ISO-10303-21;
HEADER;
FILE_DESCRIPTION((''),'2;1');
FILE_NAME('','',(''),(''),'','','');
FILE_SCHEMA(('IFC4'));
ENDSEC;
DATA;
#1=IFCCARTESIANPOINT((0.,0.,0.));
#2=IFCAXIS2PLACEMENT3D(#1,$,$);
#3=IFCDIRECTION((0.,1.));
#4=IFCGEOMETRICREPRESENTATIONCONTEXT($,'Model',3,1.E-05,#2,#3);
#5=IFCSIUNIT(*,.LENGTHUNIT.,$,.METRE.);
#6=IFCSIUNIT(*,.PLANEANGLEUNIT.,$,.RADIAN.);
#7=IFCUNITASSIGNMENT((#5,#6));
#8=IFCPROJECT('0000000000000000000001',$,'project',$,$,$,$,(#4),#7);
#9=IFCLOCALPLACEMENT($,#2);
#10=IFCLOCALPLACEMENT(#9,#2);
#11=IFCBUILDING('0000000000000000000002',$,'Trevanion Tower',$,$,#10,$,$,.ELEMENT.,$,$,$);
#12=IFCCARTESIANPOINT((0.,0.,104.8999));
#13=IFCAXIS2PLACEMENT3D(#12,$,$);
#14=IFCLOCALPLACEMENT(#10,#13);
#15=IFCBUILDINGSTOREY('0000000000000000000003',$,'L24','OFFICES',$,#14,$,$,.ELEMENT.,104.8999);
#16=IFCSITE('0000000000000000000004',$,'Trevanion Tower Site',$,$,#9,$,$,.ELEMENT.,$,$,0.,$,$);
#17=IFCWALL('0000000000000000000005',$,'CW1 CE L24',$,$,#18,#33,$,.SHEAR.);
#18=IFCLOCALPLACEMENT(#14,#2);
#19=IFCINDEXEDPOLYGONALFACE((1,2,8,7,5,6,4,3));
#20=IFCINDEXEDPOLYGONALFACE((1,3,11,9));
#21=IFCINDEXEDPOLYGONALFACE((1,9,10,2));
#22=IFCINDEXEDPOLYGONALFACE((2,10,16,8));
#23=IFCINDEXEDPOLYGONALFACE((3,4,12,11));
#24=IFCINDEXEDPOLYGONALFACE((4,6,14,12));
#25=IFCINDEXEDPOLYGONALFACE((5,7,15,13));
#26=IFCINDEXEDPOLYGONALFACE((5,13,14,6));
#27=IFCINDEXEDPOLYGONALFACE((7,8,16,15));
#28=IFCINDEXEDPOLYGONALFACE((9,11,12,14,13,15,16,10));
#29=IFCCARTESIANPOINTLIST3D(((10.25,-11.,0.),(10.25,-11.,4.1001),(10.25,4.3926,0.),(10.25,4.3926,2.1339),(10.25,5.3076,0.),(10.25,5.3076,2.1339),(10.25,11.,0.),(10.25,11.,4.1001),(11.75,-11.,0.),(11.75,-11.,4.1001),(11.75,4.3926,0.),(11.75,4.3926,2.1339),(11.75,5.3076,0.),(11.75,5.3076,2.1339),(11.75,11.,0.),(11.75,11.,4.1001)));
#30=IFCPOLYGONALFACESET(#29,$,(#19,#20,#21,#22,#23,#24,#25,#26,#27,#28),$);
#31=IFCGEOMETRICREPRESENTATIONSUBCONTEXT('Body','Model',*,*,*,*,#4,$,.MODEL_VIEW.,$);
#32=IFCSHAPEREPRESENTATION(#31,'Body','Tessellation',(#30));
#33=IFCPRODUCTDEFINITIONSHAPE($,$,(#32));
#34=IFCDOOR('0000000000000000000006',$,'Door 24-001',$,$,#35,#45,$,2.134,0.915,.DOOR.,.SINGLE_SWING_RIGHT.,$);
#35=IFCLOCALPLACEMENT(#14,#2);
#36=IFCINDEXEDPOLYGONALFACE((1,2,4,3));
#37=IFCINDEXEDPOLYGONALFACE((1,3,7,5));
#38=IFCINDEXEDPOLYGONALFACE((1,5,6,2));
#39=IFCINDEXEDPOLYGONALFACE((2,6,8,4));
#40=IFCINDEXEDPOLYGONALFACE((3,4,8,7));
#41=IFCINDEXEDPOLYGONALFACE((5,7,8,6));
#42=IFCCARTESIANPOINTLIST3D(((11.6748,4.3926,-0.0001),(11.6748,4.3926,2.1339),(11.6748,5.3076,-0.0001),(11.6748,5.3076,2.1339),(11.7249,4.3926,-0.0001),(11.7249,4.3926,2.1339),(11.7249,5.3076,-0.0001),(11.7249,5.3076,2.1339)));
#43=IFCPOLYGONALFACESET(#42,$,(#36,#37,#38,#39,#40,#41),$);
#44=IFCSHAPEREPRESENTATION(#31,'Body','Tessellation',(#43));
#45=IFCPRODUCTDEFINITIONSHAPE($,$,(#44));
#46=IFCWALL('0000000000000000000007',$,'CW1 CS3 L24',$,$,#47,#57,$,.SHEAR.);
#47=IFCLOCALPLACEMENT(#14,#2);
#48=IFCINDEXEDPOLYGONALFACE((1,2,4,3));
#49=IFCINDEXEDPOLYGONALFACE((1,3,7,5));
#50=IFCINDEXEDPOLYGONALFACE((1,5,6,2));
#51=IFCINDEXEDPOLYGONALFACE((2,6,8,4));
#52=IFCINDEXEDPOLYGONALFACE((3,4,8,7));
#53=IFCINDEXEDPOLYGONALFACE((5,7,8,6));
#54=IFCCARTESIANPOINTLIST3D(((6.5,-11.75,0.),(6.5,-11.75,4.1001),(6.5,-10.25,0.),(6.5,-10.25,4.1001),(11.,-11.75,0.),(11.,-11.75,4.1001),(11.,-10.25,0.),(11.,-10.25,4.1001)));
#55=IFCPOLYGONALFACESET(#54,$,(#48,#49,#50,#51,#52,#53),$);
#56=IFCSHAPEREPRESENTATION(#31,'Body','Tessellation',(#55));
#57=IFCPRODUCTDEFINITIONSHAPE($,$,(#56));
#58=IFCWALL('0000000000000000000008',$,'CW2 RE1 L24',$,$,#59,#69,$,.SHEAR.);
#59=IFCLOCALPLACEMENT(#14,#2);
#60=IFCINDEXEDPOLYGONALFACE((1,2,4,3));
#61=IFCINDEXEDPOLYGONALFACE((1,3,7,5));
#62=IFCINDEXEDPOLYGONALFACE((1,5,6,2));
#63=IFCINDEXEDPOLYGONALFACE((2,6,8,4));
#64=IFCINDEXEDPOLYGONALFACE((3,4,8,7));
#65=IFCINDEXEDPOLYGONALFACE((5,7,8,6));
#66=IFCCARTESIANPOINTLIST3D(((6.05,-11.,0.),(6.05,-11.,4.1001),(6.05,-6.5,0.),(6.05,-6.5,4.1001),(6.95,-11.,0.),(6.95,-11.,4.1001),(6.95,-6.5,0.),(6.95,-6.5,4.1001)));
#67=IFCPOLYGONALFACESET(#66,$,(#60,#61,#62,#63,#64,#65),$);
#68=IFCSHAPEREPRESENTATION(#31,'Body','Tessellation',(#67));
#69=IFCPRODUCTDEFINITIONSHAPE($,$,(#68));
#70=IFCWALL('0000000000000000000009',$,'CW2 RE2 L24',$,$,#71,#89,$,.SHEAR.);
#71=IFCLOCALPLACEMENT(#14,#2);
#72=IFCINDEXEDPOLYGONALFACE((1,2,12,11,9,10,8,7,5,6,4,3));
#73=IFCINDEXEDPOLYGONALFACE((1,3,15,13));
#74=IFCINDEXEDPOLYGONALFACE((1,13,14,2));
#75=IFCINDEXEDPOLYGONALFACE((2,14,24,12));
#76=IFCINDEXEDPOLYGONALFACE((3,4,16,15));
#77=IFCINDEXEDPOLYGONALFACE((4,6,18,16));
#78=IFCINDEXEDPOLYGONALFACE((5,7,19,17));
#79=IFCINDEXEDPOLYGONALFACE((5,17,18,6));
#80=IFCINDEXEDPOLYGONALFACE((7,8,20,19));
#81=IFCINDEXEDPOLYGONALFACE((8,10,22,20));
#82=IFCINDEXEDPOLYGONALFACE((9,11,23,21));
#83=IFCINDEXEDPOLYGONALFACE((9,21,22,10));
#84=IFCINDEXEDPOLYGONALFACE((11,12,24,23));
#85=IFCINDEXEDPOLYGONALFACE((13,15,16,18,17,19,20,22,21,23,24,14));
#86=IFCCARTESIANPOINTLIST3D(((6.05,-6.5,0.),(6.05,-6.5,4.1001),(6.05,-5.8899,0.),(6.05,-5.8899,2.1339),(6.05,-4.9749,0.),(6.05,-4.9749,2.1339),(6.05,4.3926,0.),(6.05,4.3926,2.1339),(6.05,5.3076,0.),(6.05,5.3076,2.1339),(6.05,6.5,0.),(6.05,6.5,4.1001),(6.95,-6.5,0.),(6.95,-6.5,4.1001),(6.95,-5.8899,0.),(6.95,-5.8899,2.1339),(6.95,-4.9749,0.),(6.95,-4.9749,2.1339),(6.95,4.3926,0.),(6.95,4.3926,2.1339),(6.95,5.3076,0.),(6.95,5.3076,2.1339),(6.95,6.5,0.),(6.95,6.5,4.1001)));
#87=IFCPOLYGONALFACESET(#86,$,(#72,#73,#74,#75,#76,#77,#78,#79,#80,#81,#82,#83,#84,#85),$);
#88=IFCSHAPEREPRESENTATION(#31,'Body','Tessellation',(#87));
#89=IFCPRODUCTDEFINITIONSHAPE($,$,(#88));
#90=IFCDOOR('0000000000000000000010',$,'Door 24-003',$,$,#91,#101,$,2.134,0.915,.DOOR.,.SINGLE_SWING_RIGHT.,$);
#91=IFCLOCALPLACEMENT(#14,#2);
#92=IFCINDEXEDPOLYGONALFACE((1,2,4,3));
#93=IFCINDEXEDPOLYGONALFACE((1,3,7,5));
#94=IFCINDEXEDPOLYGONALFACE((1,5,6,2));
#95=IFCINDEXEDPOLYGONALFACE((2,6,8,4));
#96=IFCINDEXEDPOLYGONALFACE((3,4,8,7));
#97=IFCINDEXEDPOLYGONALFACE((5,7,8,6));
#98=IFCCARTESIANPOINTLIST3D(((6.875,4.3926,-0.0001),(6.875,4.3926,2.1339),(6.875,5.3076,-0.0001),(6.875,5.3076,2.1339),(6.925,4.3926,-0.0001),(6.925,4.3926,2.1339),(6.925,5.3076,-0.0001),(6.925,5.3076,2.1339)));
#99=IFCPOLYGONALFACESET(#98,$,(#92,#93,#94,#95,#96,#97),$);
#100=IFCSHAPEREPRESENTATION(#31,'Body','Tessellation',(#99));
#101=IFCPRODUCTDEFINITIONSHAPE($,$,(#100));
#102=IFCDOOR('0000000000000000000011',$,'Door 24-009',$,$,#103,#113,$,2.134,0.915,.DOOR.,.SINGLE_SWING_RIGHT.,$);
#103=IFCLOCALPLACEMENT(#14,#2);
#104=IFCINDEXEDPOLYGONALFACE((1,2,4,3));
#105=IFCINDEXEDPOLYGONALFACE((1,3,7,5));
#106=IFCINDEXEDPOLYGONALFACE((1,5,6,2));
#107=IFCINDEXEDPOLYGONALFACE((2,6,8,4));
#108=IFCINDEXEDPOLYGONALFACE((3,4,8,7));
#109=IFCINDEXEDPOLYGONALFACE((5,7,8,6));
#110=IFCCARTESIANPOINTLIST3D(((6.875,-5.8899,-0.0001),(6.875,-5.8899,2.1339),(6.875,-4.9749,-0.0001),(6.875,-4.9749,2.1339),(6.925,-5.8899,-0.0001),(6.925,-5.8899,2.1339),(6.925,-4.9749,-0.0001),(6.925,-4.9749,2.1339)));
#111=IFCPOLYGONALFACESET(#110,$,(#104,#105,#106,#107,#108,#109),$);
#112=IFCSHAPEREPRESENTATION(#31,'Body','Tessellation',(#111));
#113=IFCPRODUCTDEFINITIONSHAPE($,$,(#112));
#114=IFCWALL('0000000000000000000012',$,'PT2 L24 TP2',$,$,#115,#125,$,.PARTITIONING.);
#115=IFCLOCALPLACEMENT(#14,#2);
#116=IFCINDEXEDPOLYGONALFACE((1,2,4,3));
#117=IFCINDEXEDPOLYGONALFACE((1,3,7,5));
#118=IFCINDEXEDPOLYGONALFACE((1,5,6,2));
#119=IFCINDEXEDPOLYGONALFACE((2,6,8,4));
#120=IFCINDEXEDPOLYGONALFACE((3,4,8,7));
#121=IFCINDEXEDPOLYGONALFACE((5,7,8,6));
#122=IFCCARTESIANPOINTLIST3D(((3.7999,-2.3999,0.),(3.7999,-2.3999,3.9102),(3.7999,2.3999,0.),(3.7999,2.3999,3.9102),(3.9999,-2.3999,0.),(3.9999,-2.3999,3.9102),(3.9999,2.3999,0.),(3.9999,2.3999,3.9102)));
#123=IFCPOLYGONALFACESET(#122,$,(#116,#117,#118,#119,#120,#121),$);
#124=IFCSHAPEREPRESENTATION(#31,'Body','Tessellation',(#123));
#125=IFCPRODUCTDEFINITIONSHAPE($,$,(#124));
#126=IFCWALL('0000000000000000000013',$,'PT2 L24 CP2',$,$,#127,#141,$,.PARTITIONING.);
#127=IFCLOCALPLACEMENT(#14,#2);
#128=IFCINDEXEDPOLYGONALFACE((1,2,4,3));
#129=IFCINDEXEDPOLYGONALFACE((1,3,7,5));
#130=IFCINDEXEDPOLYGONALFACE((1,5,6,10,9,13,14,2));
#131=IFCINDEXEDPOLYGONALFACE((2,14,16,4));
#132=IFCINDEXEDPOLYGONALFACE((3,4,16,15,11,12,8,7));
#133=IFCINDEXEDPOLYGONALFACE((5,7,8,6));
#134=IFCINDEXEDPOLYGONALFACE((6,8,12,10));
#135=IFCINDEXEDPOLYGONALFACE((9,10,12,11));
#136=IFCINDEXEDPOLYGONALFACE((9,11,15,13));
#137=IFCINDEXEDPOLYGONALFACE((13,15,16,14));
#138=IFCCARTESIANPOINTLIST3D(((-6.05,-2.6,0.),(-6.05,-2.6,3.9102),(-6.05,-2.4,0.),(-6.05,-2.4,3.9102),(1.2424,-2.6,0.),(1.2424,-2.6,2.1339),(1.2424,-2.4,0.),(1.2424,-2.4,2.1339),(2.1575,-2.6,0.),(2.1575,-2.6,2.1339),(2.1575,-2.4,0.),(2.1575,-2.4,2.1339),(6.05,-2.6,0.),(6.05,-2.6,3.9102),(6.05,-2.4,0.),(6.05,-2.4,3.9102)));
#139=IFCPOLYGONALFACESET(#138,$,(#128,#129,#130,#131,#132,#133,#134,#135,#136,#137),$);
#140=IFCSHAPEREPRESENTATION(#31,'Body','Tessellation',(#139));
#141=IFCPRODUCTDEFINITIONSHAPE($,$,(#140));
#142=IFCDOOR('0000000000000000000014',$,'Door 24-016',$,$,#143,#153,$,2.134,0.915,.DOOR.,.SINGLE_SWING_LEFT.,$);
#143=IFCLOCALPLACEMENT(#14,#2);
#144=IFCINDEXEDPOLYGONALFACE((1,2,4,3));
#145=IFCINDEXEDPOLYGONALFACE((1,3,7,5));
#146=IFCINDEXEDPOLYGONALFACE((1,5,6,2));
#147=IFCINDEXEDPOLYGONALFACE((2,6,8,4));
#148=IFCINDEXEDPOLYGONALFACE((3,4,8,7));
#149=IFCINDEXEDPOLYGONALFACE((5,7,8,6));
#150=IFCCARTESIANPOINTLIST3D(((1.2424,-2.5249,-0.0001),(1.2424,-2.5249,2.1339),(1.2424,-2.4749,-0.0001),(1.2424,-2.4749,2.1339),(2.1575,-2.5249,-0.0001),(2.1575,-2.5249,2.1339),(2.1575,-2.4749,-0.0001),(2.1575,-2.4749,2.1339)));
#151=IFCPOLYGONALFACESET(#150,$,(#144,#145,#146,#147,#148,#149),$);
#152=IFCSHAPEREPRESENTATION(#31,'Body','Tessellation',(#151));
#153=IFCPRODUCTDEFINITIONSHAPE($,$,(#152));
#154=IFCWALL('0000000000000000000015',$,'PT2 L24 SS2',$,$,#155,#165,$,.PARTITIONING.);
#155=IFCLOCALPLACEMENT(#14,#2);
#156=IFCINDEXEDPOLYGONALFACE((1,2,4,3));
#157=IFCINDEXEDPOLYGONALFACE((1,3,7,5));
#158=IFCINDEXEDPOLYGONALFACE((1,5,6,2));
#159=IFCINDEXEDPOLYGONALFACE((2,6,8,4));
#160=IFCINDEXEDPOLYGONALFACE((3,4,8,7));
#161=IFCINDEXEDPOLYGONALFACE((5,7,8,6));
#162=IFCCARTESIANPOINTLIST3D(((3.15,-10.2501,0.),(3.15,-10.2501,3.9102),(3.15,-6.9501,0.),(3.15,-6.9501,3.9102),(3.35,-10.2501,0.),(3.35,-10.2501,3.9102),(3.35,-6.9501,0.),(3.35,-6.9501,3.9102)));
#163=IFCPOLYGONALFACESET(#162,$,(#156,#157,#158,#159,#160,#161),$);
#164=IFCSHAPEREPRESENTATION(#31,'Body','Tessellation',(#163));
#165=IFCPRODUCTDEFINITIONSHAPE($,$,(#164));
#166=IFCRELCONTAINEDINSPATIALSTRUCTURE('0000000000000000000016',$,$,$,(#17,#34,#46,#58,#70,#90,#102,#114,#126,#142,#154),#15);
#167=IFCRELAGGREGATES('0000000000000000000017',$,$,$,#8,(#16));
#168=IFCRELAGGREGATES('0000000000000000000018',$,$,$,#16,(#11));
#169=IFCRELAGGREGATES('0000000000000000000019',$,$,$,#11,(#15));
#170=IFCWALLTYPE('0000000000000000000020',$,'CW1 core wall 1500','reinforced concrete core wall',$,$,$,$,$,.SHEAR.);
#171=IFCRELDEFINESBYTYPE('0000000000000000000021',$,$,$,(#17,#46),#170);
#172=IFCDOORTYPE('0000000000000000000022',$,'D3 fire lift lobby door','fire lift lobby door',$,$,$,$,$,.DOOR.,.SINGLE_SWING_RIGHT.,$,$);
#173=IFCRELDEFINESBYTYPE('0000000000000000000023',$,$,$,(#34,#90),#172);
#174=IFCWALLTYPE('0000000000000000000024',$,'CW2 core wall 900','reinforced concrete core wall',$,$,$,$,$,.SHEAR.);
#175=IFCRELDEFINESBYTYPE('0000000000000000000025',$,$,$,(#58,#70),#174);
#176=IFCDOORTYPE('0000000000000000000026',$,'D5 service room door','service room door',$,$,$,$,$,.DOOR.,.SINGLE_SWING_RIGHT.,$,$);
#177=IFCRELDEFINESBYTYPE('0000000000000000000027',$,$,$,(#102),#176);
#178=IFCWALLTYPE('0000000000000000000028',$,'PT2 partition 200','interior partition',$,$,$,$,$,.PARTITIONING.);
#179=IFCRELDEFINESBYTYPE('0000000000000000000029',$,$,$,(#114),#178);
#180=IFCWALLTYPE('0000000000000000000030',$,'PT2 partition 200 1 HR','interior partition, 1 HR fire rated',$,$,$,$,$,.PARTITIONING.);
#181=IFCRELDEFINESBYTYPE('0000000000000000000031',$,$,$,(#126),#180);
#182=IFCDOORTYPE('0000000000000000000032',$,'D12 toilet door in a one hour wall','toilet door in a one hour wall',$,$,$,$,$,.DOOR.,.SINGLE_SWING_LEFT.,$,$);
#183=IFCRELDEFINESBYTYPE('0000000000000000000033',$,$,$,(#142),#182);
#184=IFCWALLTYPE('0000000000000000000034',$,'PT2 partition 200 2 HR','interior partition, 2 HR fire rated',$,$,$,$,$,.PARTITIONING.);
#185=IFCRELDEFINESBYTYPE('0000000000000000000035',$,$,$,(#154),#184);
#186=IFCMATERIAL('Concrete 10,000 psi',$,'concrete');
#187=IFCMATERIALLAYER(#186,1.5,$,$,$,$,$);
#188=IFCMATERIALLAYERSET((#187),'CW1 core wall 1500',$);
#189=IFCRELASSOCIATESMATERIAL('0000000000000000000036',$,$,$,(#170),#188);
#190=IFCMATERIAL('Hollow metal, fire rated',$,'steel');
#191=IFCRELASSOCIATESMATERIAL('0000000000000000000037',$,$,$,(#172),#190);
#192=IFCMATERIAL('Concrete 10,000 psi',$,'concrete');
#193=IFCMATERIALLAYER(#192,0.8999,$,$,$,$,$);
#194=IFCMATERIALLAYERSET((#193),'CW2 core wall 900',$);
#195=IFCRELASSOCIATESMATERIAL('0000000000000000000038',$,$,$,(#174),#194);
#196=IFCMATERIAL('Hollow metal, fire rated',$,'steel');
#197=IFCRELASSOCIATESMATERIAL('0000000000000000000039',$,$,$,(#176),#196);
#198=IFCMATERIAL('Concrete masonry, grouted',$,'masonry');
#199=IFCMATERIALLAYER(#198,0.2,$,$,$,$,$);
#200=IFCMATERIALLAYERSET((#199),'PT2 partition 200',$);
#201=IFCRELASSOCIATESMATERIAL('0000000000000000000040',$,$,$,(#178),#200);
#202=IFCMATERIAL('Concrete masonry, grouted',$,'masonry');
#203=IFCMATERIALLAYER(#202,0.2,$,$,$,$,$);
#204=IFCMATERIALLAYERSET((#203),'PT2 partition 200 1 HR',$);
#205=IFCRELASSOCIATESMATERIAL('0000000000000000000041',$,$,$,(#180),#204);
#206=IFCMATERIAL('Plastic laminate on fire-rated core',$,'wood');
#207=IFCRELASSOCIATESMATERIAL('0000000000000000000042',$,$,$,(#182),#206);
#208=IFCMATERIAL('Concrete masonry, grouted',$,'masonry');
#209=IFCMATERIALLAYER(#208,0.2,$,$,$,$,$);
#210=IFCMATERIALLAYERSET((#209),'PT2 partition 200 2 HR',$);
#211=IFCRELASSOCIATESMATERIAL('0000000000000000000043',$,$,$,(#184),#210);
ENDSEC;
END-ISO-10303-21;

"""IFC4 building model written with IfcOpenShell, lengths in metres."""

from ifc_helpers import new_model, si_unit, direction, frame, frame_2d, origin, place, context, subcontext, project, spatial, rectangle, extrude, material, layer, layer_set, type_object, element, fill, save


model = new_model("IFC4")

# Units and contexts
model_context = context("Model", 3, precision=1e-05, world=origin(), true_north=direction((0.0, 1.0)))
body_context = subcontext(model_context, "Body", "Model", "MODEL_VIEW")
ifc_project = project(units=[si_unit("LENGTHUNIT", "METRE"), si_unit("PLANEANGLEUNIT", "RADIAN")], contexts=[model_context])

# Site, building, storey
site_placement = place(None, origin())
site = spatial("IfcSite", under=ifc_project, at=site_placement, Name="Trevanion Tower Site", CompositionType="ELEMENT", RefElevation=0.0)
building_placement = place(site_placement, origin())
building = spatial("IfcBuilding", under=site, at=building_placement, Name="Trevanion Tower", CompositionType="ELEMENT")
storey_placement = place(building_placement, frame((0.0, 0.0, 104.8999)))
storey = spatial("IfcBuildingStorey", under=building, at=storey_placement, Name="L24", Description="OFFICES", CompositionType="ELEMENT", Elevation=104.8999)

# Wall, opening, door
ifc_material_1 = material(Name="Concrete 10,000 psi", Category="concrete")
ifc_layer_1 = layer(ifc_material_1, 1.5)
ifc_layer_set_1 = layer_set([ifc_layer_1], Name="CW1 core wall 1500")
wall_type_1 = type_object("IfcWallType", Name="CW1 core wall 1500", Description="reinforced concrete core wall", PredefinedType="SHEAR", material=ifc_layer_set_1)
wall_1_placement = place(storey_placement, frame((11.0, -11.0, 0.0), z_axis=(0.0, 0.0, 1.0), x_axis=(0.0, 1.0, 0.0)))
wall_1 = element("IfcWall", 1, at=wall_1_placement, inside=storey, type_object=wall_type_1, Name="CW1 CE L24", PredefinedType="SHEAR", context=body_context, shape_type="SweptSolid", body=[
    extrude(rectangle(XDim=22.0, YDim=1.5, at=frame_2d((11.0, 0.0))), origin(), (0.0, 0.0, 1.0), 4.1001),
])
opening_1_placement = place(wall_1_placement, frame((15.3926, 0.0, 0.0)))
opening_1 = element("IfcOpeningElement", 2, at=opening_1_placement, cuts=wall_1, PredefinedType="OPENING", context=body_context, shape_type="SweptSolid", body=[
    extrude(rectangle(XDim=0.915, YDim=2.134, at=frame_2d((0.4575, 1.0669))), frame((0.0, 0.76, 0.0), z_axis=(0.0, -1.0, 0.0), x_axis=(1.0, 0.0, 0.0)), (0.0, 0.0, 1.0), 1.52),
])
ifc_material_2 = material(Name="Hollow metal, fire rated", Category="steel")
door_type_1 = type_object("IfcDoorType", Name="D3 fire lift lobby door", Description="fire lift lobby door", OperationType="SINGLE_SWING_RIGHT", PredefinedType="DOOR", material=ifc_material_2)
door_1_placement = place(opening_1_placement, origin())
door_1 = element("IfcDoor", 3, at=door_1_placement, inside=storey, type_object=door_type_1, Name="Door 24-001", OperationType="SINGLE_SWING_RIGHT", OverallHeight=2.134, OverallWidth=0.915, PredefinedType="DOOR", context=body_context, shape_type="SweptSolid", body=[
    extrude(rectangle(XDim=0.915, YDim=2.134, at=frame_2d((0.4575, 1.0669))), frame((0.0, -0.6748, 0.0), z_axis=(0.0, -1.0, 0.0), x_axis=(1.0, 0.0, 0.0)), (0.0, 0.0, 1.0), 0.05),
])
fill(opening_1, door_1)

# Walls
wall_2_placement = place(storey_placement, frame((6.5, -11.0, 0.0), z_axis=(0.0, 0.0, 1.0), x_axis=(1.0, 0.0, 0.0)))
element("IfcWall", 4, at=wall_2_placement, inside=storey, type_object=wall_type_1, Name="CW1 CS3 L24", PredefinedType="SHEAR", context=body_context, shape_type="SweptSolid", body=[
    extrude(rectangle(XDim=4.5, YDim=1.5, at=frame_2d((2.25, 0.0))), origin(), (0.0, 0.0, 1.0), 4.1001),
])
ifc_material_3 = material(Name="Concrete 10,000 psi", Category="concrete")
ifc_layer_2 = layer(ifc_material_3, 0.8999)
ifc_layer_set_2 = layer_set([ifc_layer_2], Name="CW2 core wall 900")
wall_type_2 = type_object("IfcWallType", Name="CW2 core wall 900", Description="reinforced concrete core wall", PredefinedType="SHEAR", material=ifc_layer_set_2)
wall_3_placement = place(storey_placement, frame((6.5, -11.0, 0.0), z_axis=(0.0, 0.0, 1.0), x_axis=(0.0, 1.0, 0.0)))
element("IfcWall", 5, at=wall_3_placement, inside=storey, type_object=wall_type_2, Name="CW2 RE1 L24", PredefinedType="SHEAR", context=body_context, shape_type="SweptSolid", body=[
    extrude(rectangle(XDim=4.5, YDim=0.8999, at=frame_2d((2.25, 0.0))), origin(), (0.0, 0.0, 1.0), 4.1001),
])

# Wall, openings, doors
wall_4_placement = place(storey_placement, frame((6.5, -6.5, 0.0), z_axis=(0.0, 0.0, 1.0), x_axis=(0.0, 1.0, 0.0)))
wall_4 = element("IfcWall", 6, at=wall_4_placement, inside=storey, type_object=wall_type_2, Name="CW2 RE2 L24", PredefinedType="SHEAR", context=body_context, shape_type="SweptSolid", body=[
    extrude(rectangle(XDim=13.0, YDim=0.8999, at=frame_2d((6.5, 0.0))), origin(), (0.0, 0.0, 1.0), 4.1001),
])
opening_2_placement = place(wall_4_placement, frame((10.8926, 0.0, 0.0)))
opening_2 = element("IfcOpeningElement", 7, at=opening_2_placement, cuts=wall_4, PredefinedType="OPENING", context=body_context, shape_type="SweptSolid", body=[
    extrude(rectangle(XDim=0.915, YDim=2.134, at=frame_2d((0.4575, 1.0669))), frame((0.0, 0.46, 0.0), z_axis=(0.0, -1.0, 0.0), x_axis=(1.0, 0.0, 0.0)), (0.0, 0.0, 1.0), 0.9199),
])
opening_3_placement = place(wall_4_placement, frame((0.6101, 0.0, 0.0)))
opening_3 = element("IfcOpeningElement", 8, at=opening_3_placement, cuts=wall_4, PredefinedType="OPENING", context=body_context, shape_type="SweptSolid", body=[
    extrude(rectangle(XDim=0.915, YDim=2.134, at=frame_2d((0.4575, 1.0669))), frame((0.0, 0.46, 0.0), z_axis=(0.0, -1.0, 0.0), x_axis=(1.0, 0.0, 0.0)), (0.0, 0.0, 1.0), 0.9199),
])
door_2_placement = place(opening_2_placement, origin())
door_2 = element("IfcDoor", 9, at=door_2_placement, inside=storey, type_object=door_type_1, Name="Door 24-003", OperationType="SINGLE_SWING_RIGHT", OverallHeight=2.134, OverallWidth=0.915, PredefinedType="DOOR", context=body_context, shape_type="SweptSolid", body=[
    extrude(rectangle(XDim=0.915, YDim=2.134, at=frame_2d((0.4575, 1.0669))), frame((0.0, -0.375, 0.0), z_axis=(0.0, -1.0, 0.0), x_axis=(1.0, 0.0, 0.0)), (0.0, 0.0, 1.0), 0.05),
])
fill(opening_2, door_2)
ifc_material_4 = material(Name="Hollow metal, fire rated", Category="steel")
door_type_2 = type_object("IfcDoorType", Name="D5 service room door", Description="service room door", OperationType="SINGLE_SWING_RIGHT", PredefinedType="DOOR", material=ifc_material_4)
door_3_placement = place(opening_3_placement, origin())
door_3 = element("IfcDoor", 10, at=door_3_placement, inside=storey, type_object=door_type_2, Name="Door 24-009", OperationType="SINGLE_SWING_RIGHT", OverallHeight=2.134, OverallWidth=0.915, PredefinedType="DOOR", context=body_context, shape_type="SweptSolid", body=[
    extrude(rectangle(XDim=0.915, YDim=2.134, at=frame_2d((0.4575, 1.0669))), frame((0.0, -0.375, 0.0), z_axis=(0.0, -1.0, 0.0), x_axis=(1.0, 0.0, 0.0)), (0.0, 0.0, 1.0), 0.05),
])
fill(opening_3, door_3)

# Wall
ifc_material_5 = material(Name="Concrete masonry, grouted", Category="masonry")
ifc_layer_3 = layer(ifc_material_5, 0.2)
ifc_layer_set_3 = layer_set([ifc_layer_3], Name="PT2 partition 200")
wall_type_3 = type_object("IfcWallType", Name="PT2 partition 200", Description="interior partition", PredefinedType="PARTITIONING", material=ifc_layer_set_3)
wall_5_placement = place(storey_placement, frame((3.8999, -2.3999, 0.0), z_axis=(0.0, 0.0, 1.0), x_axis=(0.0, 1.0, 0.0)))
element("IfcWall", 11, at=wall_5_placement, inside=storey, type_object=wall_type_3, Name="PT2 L24 TP2", PredefinedType="PARTITIONING", context=body_context, shape_type="SweptSolid", body=[
    extrude(rectangle(XDim=4.7998, YDim=0.2, at=frame_2d((2.3999, 0.0))), origin(), (0.0, 0.0, 1.0), 3.9102),
])

# Wall, opening, door
ifc_material_6 = material(Name="Concrete masonry, grouted", Category="masonry")
ifc_layer_4 = layer(ifc_material_6, 0.2)
ifc_layer_set_4 = layer_set([ifc_layer_4], Name="PT2 partition 200 1 HR")
wall_type_4 = type_object("IfcWallType", Name="PT2 partition 200 1 HR", Description="interior partition, 1 HR fire rated", PredefinedType="PARTITIONING", material=ifc_layer_set_4)
wall_6_placement = place(storey_placement, frame((6.05, -2.5, 0.0), z_axis=(0.0, 0.0, 1.0), x_axis=(-1.0, 0.0, 0.0)))
wall_6 = element("IfcWall", 12, at=wall_6_placement, inside=storey, type_object=wall_type_4, Name="PT2 L24 CP2", PredefinedType="PARTITIONING", context=body_context, shape_type="SweptSolid", body=[
    extrude(rectangle(XDim=12.1001, YDim=0.2, at=frame_2d((6.05, 0.0))), origin(), (0.0, 0.0, 1.0), 3.9102),
])
opening_4_placement = place(wall_6_placement, frame((3.8926, 0.0, 0.0)))
opening_4 = element("IfcOpeningElement", 13, at=opening_4_placement, cuts=wall_6, PredefinedType="OPENING", context=body_context, shape_type="SweptSolid", body=[
    extrude(rectangle(XDim=0.915, YDim=2.134, at=frame_2d((0.4575, 1.0669))), frame((0.0, 0.1099, 0.0), z_axis=(0.0, -1.0, 0.0), x_axis=(1.0, 0.0, 0.0)), (0.0, 0.0, 1.0), 0.22),
])
ifc_material_7 = material(Name="Plastic laminate on fire-rated core", Category="wood")
door_type_3 = type_object("IfcDoorType", Name="D12 toilet door in a one hour wall", Description="toilet door in a one hour wall", OperationType="SINGLE_SWING_LEFT", PredefinedType="DOOR", material=ifc_material_7)
door_4_placement = place(opening_4_placement, origin())
door_4 = element("IfcDoor", 14, at=door_4_placement, inside=storey, type_object=door_type_3, Name="Door 24-016", OperationType="SINGLE_SWING_LEFT", OverallHeight=2.134, OverallWidth=0.915, PredefinedType="DOOR", context=body_context, shape_type="SweptSolid", body=[
    extrude(rectangle(XDim=0.915, YDim=2.134, at=frame_2d((0.4575, 1.0669))), frame((0.0, 0.0249, 0.0), z_axis=(0.0, -1.0, 0.0), x_axis=(1.0, 0.0, 0.0)), (0.0, 0.0, 1.0), 0.05),
])
fill(opening_4, door_4)

# Wall
ifc_material_8 = material(Name="Concrete masonry, grouted", Category="masonry")
ifc_layer_5 = layer(ifc_material_8, 0.2)
ifc_layer_set_5 = layer_set([ifc_layer_5], Name="PT2 partition 200 2 HR")
wall_type_5 = type_object("IfcWallType", Name="PT2 partition 200 2 HR", Description="interior partition, 2 HR fire rated", PredefinedType="PARTITIONING", material=ifc_layer_set_5)
wall_7_placement = place(storey_placement, frame((3.25, -10.25, 0.0), z_axis=(0.0, 0.0, 1.0), x_axis=(0.0, 1.0, 0.0)))
element("IfcWall", 15, at=wall_7_placement, inside=storey, type_object=wall_type_5, Name="PT2 L24 SS2", PredefinedType="PARTITIONING", context=body_context, shape_type="SweptSolid", body=[
    extrude(rectangle(XDim=3.3, YDim=0.2, at=frame_2d((1.6499, 0.0))), origin(), (0.0, 0.0, 1.0), 3.9102),
])

save(model, "model.ifc")
